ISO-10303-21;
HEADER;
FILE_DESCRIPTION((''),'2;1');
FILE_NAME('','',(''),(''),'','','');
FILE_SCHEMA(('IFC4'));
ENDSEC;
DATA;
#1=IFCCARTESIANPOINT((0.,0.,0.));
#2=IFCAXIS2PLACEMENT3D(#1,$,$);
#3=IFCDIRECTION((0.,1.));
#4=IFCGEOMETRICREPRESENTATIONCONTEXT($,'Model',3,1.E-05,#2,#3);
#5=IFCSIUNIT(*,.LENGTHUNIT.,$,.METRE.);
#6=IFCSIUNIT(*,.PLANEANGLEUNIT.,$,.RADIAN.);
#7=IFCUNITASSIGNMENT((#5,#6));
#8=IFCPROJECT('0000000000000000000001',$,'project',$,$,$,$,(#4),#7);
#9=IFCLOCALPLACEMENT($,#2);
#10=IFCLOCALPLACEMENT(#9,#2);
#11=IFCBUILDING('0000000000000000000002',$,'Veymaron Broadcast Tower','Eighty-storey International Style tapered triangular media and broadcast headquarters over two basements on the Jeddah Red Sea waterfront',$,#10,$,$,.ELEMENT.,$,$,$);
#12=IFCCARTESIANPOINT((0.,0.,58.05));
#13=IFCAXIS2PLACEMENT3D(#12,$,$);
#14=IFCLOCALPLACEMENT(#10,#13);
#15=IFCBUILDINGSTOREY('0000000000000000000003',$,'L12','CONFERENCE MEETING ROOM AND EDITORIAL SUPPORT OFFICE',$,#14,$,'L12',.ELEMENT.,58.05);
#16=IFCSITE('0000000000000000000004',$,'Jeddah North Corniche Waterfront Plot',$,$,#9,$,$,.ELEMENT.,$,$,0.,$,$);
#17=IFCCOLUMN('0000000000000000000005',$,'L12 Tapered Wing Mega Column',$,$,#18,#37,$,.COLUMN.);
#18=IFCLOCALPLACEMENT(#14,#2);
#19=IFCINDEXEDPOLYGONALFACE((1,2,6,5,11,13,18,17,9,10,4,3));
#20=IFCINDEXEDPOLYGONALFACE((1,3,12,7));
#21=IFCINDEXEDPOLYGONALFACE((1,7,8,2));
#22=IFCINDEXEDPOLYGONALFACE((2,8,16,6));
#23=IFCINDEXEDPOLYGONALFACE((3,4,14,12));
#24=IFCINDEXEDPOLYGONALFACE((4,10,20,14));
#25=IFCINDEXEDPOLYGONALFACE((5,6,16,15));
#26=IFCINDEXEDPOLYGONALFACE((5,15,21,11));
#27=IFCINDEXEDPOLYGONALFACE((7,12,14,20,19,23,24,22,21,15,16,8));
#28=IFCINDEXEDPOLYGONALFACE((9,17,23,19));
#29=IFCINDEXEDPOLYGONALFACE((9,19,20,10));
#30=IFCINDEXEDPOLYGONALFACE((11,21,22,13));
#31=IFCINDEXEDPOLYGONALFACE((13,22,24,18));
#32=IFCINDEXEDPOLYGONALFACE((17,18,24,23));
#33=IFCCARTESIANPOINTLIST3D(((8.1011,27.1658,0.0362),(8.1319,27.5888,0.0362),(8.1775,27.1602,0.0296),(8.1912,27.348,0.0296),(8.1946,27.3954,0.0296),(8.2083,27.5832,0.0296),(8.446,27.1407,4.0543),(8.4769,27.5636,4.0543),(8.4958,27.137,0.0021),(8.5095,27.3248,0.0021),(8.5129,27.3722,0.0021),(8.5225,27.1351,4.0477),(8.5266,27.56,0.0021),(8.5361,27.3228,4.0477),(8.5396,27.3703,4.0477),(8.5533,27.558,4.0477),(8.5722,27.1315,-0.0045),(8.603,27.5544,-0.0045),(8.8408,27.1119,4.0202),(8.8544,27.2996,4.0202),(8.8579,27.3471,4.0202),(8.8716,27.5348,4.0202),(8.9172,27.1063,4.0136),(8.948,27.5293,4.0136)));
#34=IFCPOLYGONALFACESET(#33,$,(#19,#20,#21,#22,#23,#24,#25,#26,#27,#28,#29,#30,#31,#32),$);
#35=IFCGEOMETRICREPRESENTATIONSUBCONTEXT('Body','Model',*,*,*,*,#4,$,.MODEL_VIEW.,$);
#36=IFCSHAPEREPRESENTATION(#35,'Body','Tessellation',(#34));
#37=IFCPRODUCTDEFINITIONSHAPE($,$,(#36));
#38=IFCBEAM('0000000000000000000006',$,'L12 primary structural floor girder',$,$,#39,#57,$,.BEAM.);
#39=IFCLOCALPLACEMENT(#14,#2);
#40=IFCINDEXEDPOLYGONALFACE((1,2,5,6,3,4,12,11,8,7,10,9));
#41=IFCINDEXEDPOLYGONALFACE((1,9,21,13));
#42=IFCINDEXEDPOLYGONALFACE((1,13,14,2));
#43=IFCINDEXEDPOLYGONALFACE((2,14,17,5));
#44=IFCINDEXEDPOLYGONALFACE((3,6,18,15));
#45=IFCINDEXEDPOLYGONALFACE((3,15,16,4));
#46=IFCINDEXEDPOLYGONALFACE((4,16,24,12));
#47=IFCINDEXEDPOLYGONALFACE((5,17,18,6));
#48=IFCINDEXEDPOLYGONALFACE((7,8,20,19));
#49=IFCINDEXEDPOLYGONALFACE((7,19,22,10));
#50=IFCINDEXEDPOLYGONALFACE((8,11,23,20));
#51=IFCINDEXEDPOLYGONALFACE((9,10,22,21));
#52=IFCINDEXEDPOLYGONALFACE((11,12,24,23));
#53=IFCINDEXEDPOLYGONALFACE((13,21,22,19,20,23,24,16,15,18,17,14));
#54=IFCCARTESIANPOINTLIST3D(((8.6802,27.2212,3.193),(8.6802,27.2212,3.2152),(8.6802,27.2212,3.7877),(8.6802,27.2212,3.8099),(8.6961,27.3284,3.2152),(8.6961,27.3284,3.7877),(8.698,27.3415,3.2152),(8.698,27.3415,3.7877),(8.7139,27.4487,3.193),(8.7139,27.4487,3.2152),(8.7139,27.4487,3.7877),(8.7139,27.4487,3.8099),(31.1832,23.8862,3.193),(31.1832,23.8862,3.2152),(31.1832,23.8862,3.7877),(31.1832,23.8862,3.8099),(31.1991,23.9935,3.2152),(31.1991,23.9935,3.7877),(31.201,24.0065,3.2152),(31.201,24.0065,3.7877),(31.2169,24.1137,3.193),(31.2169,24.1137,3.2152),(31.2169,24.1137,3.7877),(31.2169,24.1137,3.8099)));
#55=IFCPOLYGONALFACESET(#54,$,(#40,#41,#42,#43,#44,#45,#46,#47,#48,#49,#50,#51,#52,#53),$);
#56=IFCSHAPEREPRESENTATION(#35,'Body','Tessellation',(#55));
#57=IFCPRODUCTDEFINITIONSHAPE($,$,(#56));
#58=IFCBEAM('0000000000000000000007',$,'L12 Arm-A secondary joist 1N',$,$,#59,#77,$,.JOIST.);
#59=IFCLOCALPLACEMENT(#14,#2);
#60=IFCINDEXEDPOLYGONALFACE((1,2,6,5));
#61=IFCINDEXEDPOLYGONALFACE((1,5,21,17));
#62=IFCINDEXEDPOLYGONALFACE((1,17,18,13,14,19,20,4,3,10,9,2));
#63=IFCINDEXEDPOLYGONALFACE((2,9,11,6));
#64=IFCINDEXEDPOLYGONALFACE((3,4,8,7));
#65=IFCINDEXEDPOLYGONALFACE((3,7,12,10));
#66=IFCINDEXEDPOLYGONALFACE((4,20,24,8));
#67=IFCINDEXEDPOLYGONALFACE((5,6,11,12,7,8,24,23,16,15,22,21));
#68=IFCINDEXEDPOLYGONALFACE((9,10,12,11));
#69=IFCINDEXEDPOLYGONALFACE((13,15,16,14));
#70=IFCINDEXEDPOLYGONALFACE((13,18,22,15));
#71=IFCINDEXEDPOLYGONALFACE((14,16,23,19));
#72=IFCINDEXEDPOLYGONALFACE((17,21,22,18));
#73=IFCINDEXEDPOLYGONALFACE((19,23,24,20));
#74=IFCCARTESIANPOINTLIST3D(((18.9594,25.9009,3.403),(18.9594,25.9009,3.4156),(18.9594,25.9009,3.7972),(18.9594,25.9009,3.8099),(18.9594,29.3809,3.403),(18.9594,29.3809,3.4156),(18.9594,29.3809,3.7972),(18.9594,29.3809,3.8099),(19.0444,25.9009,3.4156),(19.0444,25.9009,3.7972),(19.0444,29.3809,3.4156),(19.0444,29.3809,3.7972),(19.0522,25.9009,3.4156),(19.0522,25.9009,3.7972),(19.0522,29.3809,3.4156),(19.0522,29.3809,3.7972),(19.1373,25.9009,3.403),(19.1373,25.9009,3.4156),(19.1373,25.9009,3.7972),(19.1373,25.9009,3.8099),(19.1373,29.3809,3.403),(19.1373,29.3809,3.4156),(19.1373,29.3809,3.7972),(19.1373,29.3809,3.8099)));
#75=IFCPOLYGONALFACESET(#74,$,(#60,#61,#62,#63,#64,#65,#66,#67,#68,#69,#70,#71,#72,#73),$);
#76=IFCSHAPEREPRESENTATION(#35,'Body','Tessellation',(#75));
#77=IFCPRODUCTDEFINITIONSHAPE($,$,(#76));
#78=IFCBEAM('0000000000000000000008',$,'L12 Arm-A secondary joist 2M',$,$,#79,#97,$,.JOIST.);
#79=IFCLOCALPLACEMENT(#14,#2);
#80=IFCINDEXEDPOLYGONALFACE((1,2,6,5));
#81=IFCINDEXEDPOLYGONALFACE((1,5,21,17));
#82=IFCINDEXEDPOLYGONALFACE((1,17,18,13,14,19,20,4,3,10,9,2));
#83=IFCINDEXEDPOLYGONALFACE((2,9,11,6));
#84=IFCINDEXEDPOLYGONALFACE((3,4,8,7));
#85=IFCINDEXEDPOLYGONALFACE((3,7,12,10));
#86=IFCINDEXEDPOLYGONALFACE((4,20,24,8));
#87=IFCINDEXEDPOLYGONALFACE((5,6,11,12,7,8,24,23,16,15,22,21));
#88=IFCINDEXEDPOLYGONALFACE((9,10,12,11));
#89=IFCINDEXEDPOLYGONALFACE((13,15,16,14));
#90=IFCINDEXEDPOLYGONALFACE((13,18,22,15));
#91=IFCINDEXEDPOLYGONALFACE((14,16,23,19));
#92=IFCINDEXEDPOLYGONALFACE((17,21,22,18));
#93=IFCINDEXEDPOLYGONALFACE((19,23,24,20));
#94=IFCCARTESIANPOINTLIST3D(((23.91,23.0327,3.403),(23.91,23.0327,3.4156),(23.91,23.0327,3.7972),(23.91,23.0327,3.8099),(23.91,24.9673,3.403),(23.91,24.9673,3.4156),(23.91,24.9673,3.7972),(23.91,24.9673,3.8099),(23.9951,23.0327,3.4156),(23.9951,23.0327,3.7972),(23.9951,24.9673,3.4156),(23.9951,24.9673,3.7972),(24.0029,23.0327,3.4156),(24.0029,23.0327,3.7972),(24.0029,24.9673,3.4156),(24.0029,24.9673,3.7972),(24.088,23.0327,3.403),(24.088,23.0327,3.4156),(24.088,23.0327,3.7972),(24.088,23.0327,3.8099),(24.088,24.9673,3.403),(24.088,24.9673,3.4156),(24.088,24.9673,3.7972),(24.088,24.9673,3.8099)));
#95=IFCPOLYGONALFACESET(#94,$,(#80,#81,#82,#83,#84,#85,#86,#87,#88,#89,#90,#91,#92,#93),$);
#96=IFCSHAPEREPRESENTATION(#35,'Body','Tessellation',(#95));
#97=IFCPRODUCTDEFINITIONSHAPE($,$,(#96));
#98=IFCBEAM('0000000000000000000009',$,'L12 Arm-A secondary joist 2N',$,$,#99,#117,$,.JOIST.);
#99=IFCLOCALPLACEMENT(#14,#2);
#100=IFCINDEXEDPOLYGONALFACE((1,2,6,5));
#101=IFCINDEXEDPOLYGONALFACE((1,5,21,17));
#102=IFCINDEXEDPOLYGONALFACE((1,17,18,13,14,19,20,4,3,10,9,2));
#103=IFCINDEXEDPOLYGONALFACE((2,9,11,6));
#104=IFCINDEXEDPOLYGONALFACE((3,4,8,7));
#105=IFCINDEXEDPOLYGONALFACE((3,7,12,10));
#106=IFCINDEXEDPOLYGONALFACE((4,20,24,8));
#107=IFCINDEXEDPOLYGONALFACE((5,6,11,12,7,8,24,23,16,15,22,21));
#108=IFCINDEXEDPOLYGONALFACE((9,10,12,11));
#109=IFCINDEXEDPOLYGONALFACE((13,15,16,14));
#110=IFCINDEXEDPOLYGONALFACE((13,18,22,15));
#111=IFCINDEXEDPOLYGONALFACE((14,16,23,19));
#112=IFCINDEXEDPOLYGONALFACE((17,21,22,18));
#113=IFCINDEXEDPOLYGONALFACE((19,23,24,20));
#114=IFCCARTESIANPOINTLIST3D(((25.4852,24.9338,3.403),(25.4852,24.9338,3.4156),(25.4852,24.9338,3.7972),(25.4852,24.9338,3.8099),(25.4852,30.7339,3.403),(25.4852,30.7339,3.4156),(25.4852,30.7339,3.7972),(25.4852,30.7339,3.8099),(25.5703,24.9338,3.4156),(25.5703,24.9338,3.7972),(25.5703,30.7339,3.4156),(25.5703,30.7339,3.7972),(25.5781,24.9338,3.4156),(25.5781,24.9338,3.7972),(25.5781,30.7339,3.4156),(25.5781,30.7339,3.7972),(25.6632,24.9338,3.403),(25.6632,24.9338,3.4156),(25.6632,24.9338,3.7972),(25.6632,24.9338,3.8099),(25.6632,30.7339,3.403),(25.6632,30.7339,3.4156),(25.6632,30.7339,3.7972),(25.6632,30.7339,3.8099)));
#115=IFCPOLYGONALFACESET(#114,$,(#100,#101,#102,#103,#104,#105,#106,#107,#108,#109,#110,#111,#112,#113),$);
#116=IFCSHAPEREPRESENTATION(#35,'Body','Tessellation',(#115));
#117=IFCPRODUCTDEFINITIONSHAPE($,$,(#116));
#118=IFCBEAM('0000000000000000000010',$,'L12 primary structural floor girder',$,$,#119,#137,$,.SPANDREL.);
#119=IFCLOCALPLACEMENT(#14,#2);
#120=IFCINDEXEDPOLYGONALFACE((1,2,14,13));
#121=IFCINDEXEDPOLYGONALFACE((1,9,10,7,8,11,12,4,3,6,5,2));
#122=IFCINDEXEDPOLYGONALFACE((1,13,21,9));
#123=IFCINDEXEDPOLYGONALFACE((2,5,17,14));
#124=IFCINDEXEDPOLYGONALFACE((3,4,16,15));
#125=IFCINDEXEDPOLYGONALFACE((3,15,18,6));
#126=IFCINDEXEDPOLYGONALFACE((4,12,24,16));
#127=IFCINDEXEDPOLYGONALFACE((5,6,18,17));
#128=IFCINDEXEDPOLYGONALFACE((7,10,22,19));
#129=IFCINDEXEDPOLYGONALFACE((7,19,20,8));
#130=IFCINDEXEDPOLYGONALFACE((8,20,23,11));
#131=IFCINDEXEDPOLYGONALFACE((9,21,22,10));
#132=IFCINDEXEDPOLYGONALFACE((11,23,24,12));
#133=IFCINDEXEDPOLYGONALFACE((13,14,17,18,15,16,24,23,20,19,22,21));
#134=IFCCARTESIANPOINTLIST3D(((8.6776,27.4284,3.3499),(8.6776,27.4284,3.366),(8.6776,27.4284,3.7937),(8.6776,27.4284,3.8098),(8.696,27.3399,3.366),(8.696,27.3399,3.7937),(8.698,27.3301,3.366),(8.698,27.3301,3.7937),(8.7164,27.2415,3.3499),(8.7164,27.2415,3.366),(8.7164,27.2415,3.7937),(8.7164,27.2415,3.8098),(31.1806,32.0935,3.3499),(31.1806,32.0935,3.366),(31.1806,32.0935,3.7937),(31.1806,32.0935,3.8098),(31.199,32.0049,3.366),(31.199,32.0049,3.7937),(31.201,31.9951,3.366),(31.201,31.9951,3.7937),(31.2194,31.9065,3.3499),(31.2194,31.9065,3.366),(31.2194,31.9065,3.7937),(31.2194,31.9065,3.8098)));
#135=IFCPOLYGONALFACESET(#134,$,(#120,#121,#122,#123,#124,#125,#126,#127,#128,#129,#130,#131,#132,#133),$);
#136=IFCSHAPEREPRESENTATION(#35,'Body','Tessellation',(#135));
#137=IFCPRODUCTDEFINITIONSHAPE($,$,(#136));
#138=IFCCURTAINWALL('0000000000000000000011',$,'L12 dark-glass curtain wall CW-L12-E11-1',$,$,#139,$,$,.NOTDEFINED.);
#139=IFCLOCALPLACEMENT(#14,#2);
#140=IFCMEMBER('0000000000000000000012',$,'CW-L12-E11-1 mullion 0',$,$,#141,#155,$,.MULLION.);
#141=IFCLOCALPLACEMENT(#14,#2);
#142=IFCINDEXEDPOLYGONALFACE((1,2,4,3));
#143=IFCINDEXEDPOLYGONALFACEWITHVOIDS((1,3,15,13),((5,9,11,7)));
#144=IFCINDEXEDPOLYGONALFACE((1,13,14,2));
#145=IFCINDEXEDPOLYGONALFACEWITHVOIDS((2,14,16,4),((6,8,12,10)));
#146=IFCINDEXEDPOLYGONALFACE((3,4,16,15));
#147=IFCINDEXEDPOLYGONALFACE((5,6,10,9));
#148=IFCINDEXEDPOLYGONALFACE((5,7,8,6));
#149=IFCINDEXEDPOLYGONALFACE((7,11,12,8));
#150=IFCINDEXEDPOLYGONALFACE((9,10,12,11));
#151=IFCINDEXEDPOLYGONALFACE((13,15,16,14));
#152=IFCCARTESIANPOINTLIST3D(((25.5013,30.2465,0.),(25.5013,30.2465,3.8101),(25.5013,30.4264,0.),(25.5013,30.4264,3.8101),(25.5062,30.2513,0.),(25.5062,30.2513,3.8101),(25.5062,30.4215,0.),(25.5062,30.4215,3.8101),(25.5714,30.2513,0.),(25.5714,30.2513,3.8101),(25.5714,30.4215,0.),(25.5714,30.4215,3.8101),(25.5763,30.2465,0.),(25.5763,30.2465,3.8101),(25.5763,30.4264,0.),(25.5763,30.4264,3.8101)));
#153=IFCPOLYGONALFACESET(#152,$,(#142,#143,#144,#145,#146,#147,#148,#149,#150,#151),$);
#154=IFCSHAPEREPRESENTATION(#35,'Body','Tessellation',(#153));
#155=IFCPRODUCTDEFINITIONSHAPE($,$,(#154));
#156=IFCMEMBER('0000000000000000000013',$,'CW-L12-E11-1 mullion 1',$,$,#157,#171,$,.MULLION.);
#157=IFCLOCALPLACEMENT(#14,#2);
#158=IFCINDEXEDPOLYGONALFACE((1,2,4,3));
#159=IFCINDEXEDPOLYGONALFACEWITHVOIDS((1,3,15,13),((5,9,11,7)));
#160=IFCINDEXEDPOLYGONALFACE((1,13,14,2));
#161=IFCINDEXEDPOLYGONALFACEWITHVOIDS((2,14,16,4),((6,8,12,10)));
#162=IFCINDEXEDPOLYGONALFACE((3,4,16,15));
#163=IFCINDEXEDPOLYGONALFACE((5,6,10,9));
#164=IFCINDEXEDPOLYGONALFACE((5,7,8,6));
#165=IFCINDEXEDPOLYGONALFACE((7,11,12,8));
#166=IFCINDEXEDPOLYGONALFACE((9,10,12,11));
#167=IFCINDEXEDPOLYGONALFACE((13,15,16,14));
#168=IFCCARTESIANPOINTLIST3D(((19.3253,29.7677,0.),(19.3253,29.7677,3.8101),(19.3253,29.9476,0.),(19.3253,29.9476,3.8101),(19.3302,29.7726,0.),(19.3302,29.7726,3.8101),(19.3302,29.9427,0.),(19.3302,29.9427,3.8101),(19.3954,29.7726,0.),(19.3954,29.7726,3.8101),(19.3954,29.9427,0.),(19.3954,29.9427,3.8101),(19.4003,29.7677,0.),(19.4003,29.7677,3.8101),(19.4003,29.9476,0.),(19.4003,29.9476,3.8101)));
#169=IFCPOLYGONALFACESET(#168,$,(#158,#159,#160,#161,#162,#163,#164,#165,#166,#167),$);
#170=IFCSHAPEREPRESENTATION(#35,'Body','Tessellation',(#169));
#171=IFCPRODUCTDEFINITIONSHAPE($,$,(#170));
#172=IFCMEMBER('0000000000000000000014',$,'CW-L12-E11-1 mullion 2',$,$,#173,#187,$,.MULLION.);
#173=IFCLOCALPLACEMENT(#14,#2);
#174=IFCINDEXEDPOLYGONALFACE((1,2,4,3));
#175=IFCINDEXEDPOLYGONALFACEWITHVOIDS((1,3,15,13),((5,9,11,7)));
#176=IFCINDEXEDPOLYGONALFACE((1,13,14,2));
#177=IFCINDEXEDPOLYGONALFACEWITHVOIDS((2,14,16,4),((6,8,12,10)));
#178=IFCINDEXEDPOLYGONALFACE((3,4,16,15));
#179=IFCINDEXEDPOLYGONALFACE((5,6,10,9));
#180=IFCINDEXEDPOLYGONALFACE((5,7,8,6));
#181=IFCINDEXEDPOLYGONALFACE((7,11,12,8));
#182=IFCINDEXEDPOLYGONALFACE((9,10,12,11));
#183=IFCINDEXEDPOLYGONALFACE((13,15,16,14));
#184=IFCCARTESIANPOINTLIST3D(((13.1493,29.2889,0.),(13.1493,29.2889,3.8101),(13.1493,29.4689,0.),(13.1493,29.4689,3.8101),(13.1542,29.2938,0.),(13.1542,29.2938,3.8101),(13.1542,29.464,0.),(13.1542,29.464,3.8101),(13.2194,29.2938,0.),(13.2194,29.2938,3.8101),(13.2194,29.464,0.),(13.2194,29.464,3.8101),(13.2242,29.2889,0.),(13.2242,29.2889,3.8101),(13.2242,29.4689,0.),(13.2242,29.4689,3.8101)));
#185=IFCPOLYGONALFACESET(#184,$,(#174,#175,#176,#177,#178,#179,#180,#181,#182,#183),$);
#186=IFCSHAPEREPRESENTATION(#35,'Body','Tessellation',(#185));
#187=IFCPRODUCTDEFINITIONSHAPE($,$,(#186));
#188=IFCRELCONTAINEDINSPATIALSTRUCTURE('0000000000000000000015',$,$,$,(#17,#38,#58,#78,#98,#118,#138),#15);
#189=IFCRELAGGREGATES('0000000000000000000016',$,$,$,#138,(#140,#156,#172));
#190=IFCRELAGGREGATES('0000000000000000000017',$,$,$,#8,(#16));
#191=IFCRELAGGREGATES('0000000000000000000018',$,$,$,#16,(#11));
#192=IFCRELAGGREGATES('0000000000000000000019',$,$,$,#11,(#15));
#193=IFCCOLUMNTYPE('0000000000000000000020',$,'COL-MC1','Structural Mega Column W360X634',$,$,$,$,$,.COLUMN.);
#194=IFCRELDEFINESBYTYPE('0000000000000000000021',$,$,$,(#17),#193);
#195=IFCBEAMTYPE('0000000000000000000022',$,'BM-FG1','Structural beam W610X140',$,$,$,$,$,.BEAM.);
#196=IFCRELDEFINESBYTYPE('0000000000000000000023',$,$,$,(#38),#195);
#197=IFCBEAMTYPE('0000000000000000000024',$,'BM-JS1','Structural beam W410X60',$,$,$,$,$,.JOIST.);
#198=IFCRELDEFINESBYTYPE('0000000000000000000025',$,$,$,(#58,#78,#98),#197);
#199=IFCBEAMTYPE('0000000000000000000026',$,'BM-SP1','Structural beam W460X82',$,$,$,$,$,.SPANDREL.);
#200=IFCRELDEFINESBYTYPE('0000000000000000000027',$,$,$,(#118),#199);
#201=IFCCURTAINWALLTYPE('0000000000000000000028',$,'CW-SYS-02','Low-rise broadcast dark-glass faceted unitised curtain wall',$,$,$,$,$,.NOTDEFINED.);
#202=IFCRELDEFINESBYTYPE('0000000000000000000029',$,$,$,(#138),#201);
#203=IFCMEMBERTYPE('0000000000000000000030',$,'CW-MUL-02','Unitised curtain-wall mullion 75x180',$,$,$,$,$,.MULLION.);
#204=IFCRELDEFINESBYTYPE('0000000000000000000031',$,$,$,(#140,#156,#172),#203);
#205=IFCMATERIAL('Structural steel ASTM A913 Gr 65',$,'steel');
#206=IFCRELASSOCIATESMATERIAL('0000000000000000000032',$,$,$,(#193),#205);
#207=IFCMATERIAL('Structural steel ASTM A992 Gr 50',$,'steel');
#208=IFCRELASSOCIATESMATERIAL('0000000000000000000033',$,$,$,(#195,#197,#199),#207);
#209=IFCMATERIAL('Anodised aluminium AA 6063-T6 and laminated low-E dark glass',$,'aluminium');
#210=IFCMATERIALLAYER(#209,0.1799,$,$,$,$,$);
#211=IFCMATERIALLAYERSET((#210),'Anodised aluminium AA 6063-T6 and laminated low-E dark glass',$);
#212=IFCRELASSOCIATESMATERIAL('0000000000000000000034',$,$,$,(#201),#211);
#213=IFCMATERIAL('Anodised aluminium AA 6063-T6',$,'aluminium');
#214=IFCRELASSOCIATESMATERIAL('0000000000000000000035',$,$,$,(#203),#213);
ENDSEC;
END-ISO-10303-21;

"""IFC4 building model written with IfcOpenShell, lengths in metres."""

from ifc_helpers import new_model, si_unit, direction, frame, origin, origin_2d, place, context, subcontext, project, spatial, hollow_rectangle, i_section, extrude, material, layer, layer_set, material_profile, profile_set, type_object, element, aggregate, save


model = new_model("IFC4")

# Units and contexts
model_context = context("Model", 3, precision=1e-05, world=origin(), true_north=direction((0.0, 1.0)))
body_context = subcontext(model_context, "Body", "Model", "MODEL_VIEW")
ifc_project = project(units=[si_unit("LENGTHUNIT", "METRE"), si_unit("PLANEANGLEUNIT", "RADIAN")], contexts=[model_context])

# Site, building, storey
site_placement = place(None, origin())
site = spatial("IfcSite", under=ifc_project, at=site_placement, Name="Jeddah North Corniche Waterfront Plot", CompositionType="ELEMENT", RefElevation=0.0)
building_placement = place(site_placement, origin())
building = spatial("IfcBuilding", under=site, at=building_placement, Name="Veymaron Broadcast Tower", Description="Eighty-storey International Style tapered triangular media and broadcast headquarters over two basements on the Jeddah Red Sea waterfront", CompositionType="ELEMENT")
storey_placement = place(building_placement, frame((0.0, 0.0, 58.05)))
storey = spatial("IfcBuildingStorey", under=building, at=storey_placement, Name="L12", Description="CONFERENCE MEETING ROOM AND EDITORIAL SUPPORT OFFICE", LongName="L12", CompositionType="ELEMENT", Elevation=58.05)

# Column
ifc_material_1 = material(Name="Structural steel ASTM A913 Gr 65", Category="steel")
ifc_material_profile_1 = material_profile(ifc_material_1, i_section(OverallWidth=0.4241, OverallDepth=0.4741, WebThickness=0.0476, FlangeThickness=0.0769, at=origin_2d()), Name="W360X634")
ifc_profile_set_1 = profile_set([ifc_material_profile_1], Name="Structural steel ASTM A913 Gr 65")
column_type = type_object("IfcColumnType", Name="COL-MC1", Description="Structural Mega Column W360X634", PredefinedType="COLUMN", material=ifc_profile_set_1)
column_placement = place(storey_placement, frame((8.3521, 27.3601, 0.0159), z_axis=(0.085539, -0.006235, 0.996315), x_axis=(0.072702, 0.997354, 0.0)))
element("IfcColumn", 1, at=column_placement, inside=storey, type_object=column_type, Name="L12 Tapered Wing Mega Column", PredefinedType="COLUMN", context=body_context, shape_type="SweptSolid", body=[
    extrude(i_section(OverallWidth=0.4241, OverallDepth=0.4741, WebThickness=0.0476, FlangeThickness=0.0769, at=origin_2d()), origin(), (0.0, 0.0, 1.0), 4.033),
])

# Beams
ifc_material_2 = material(Name="Structural steel ASTM A992 Gr 50", Category="steel")
ifc_material_profile_2 = material_profile(ifc_material_2, i_section(OverallWidth=0.23, OverallDepth=0.6169, WebThickness=0.0132, FlangeThickness=0.0222, at=origin_2d()), Name="W610X140")
ifc_profile_set_2 = profile_set([ifc_material_profile_2], Name="Structural steel ASTM A992 Gr 50")
beam_type_1 = type_object("IfcBeamType", Name="BM-FG1", Description="Structural beam W610X140", PredefinedType="BEAM", material=ifc_profile_set_2)
beam_1_placement = place(storey_placement, frame((8.697, 27.335, 3.5015), z_axis=(0.989196, -0.1466, 0.0), x_axis=(0.1466, 0.989196, 0.0)))
element("IfcBeam", 2, at=beam_1_placement, inside=storey, type_object=beam_type_1, Name="L12 primary structural floor girder", PredefinedType="BEAM", context=body_context, shape_type="SweptSolid", body=[
    extrude(i_section(OverallWidth=0.23, OverallDepth=0.6169, WebThickness=0.0132, FlangeThickness=0.0222, at=origin_2d()), origin(), (0.0, 0.0, 1.0), 22.7488),
])
ifc_material_profile_3 = material_profile(ifc_material_2, i_section(OverallWidth=0.178, OverallDepth=0.407, WebThickness=0.0078, FlangeThickness=0.0127, at=origin_2d()), Name="W410X60")
ifc_profile_set_3 = profile_set([ifc_material_profile_3], Name="Structural steel ASTM A992 Gr 50")
beam_type_2 = type_object("IfcBeamType", Name="BM-JS1", Description="Structural beam W410X60", PredefinedType="JOIST", material=ifc_profile_set_3)
beam_2_placement = place(storey_placement, frame((19.0483, 25.9009, 3.6064), z_axis=(0.0, 1.0, 0.0), x_axis=(-1.0, 0.0, 0.0)))
element("IfcBeam", 3, at=beam_2_placement, inside=storey, type_object=beam_type_2, Name="L12 Arm-A secondary joist 1N", PredefinedType="JOIST", context=body_context, shape_type="SweptSolid", body=[
    extrude(i_section(OverallWidth=0.178, OverallDepth=0.407, WebThickness=0.0078, FlangeThickness=0.0127, at=origin_2d()), origin(), (0.0, 0.0, 1.0), 3.48),
])
beam_3_placement = place(storey_placement, frame((23.999, 23.0327, 3.6064), z_axis=(0.0, 1.0, 0.0), x_axis=(-1.0, 0.0, 0.0)))
element("IfcBeam", 4, at=beam_3_placement, inside=storey, type_object=beam_type_2, Name="L12 Arm-A secondary joist 2M", PredefinedType="JOIST", context=body_context, shape_type="SweptSolid", body=[
    extrude(i_section(OverallWidth=0.178, OverallDepth=0.407, WebThickness=0.0078, FlangeThickness=0.0127, at=origin_2d()), origin(), (0.0, 0.0, 1.0), 1.9346),
])
beam_4_placement = place(storey_placement, frame((25.5742, 24.9338, 3.6064), z_axis=(0.0, 1.0, 0.0), x_axis=(-1.0, 0.0, 0.0)))
element("IfcBeam", 5, at=beam_4_placement, inside=storey, type_object=beam_type_2, Name="L12 Arm-A secondary joist 2N", PredefinedType="JOIST", context=body_context, shape_type="SweptSolid", body=[
    extrude(i_section(OverallWidth=0.178, OverallDepth=0.407, WebThickness=0.0078, FlangeThickness=0.0127, at=origin_2d()), origin(), (0.0, 0.0, 1.0), 5.8),
])
ifc_material_profile_4 = material_profile(ifc_material_2, i_section(OverallWidth=0.1909, OverallDepth=0.46, WebThickness=0.01, FlangeThickness=0.0161, at=origin_2d()), Name="W460X82")
ifc_profile_set_4 = profile_set([ifc_material_profile_4], Name="Structural steel ASTM A992 Gr 50")
beam_type_3 = type_object("IfcBeamType", Name="BM-SP1", Description="Structural beam W460X82", PredefinedType="SPANDREL", material=ifc_profile_set_4)
beam_5_placement = place(storey_placement, frame((8.697, 27.335, 3.5798), z_axis=(0.97918, 0.202992, 0.0), x_axis=(-0.202992, 0.97918, 0.0)))
element("IfcBeam", 6, at=beam_5_placement, inside=storey, type_object=beam_type_3, Name="L12 primary structural floor girder", PredefinedType="SPANDREL", context=body_context, shape_type="SweptSolid", body=[
    extrude(i_section(OverallWidth=0.1909, OverallDepth=0.46, WebThickness=0.01, FlangeThickness=0.0161, at=origin_2d()), origin(), (0.0, 0.0, 1.0), 22.9814),
])

# Curtain wall, members
ifc_material_3 = material(Name="Anodised aluminium AA 6063-T6 and laminated low-E dark glass", Category="aluminium")
ifc_layer_1 = layer(ifc_material_3, 0.1799)
ifc_layer_set_1 = layer_set([ifc_layer_1], Name="Anodised aluminium AA 6063-T6 and laminated low-E dark glass")
curtain_wall_type = type_object("IfcCurtainWallType", Name="CW-SYS-02", Description="Low-rise broadcast dark-glass faceted unitised curtain wall", PredefinedType="NOTDEFINED", material=ifc_layer_set_1)
curtain_wall_placement = place(storey_placement, origin())
curtain_wall = element("IfcCurtainWall", 7, at=curtain_wall_placement, inside=storey, type_object=curtain_wall_type, Name="L12 dark-glass curtain wall CW-L12-E11-1", PredefinedType="NOTDEFINED")
ifc_material_4 = material(Name="Anodised aluminium AA 6063-T6", Category="aluminium")
ifc_material_profile_5 = material_profile(ifc_material_4, hollow_rectangle(XDim=0.075, YDim=0.1799, WallThickness=0.0049, at=origin_2d()), Name="AL180X75X5")
ifc_profile_set_5 = profile_set([ifc_material_profile_5], Name="Anodised aluminium AA 6063-T6")
member_type_1 = type_object("IfcMemberType", Name="CW-MUL-02", Description="Unitised curtain-wall mullion 75x180", PredefinedType="MULLION", material=ifc_profile_set_5)
member_1_placement = place(storey_placement, frame((25.5388, 30.3364, 0.0), z_axis=(0.0, 0.0, 1.0), x_axis=(1.0, 0.0, 0.0)))
member_1 = element("IfcMember", 8, at=member_1_placement, type_object=member_type_1, Name="CW-L12-E11-1 mullion 0", PredefinedType="MULLION", context=body_context, shape_type="SweptSolid", body=[
    extrude(hollow_rectangle(XDim=0.075, YDim=0.1799, WallThickness=0.0049, at=origin_2d()), origin(), (0.0, 0.0, 1.0), 3.8101),
])
member_2_placement = place(storey_placement, frame((19.3628, 29.8577, 0.0), z_axis=(0.0, 0.0, 1.0), x_axis=(1.0, 0.0, 0.0)))
member_2 = element("IfcMember", 9, at=member_2_placement, type_object=member_type_1, Name="CW-L12-E11-1 mullion 1", PredefinedType="MULLION", context=body_context, shape_type="SweptSolid", body=[
    extrude(hollow_rectangle(XDim=0.075, YDim=0.1799, WallThickness=0.0049, at=origin_2d()), origin(), (0.0, 0.0, 1.0), 3.8101),
])
member_3_placement = place(storey_placement, frame((13.1868, 29.3789, 0.0), z_axis=(0.0, 0.0, 1.0), x_axis=(1.0, 0.0, 0.0)))
member_3 = element("IfcMember", 10, at=member_3_placement, type_object=member_type_1, Name="CW-L12-E11-1 mullion 2", PredefinedType="MULLION", context=body_context, shape_type="SweptSolid", body=[
    extrude(hollow_rectangle(XDim=0.075, YDim=0.1799, WallThickness=0.0049, at=origin_2d()), origin(), (0.0, 0.0, 1.0), 3.8101),
])
aggregate(curtain_wall, [member_1, member_2, member_3])

save(model, "model.ifc")
